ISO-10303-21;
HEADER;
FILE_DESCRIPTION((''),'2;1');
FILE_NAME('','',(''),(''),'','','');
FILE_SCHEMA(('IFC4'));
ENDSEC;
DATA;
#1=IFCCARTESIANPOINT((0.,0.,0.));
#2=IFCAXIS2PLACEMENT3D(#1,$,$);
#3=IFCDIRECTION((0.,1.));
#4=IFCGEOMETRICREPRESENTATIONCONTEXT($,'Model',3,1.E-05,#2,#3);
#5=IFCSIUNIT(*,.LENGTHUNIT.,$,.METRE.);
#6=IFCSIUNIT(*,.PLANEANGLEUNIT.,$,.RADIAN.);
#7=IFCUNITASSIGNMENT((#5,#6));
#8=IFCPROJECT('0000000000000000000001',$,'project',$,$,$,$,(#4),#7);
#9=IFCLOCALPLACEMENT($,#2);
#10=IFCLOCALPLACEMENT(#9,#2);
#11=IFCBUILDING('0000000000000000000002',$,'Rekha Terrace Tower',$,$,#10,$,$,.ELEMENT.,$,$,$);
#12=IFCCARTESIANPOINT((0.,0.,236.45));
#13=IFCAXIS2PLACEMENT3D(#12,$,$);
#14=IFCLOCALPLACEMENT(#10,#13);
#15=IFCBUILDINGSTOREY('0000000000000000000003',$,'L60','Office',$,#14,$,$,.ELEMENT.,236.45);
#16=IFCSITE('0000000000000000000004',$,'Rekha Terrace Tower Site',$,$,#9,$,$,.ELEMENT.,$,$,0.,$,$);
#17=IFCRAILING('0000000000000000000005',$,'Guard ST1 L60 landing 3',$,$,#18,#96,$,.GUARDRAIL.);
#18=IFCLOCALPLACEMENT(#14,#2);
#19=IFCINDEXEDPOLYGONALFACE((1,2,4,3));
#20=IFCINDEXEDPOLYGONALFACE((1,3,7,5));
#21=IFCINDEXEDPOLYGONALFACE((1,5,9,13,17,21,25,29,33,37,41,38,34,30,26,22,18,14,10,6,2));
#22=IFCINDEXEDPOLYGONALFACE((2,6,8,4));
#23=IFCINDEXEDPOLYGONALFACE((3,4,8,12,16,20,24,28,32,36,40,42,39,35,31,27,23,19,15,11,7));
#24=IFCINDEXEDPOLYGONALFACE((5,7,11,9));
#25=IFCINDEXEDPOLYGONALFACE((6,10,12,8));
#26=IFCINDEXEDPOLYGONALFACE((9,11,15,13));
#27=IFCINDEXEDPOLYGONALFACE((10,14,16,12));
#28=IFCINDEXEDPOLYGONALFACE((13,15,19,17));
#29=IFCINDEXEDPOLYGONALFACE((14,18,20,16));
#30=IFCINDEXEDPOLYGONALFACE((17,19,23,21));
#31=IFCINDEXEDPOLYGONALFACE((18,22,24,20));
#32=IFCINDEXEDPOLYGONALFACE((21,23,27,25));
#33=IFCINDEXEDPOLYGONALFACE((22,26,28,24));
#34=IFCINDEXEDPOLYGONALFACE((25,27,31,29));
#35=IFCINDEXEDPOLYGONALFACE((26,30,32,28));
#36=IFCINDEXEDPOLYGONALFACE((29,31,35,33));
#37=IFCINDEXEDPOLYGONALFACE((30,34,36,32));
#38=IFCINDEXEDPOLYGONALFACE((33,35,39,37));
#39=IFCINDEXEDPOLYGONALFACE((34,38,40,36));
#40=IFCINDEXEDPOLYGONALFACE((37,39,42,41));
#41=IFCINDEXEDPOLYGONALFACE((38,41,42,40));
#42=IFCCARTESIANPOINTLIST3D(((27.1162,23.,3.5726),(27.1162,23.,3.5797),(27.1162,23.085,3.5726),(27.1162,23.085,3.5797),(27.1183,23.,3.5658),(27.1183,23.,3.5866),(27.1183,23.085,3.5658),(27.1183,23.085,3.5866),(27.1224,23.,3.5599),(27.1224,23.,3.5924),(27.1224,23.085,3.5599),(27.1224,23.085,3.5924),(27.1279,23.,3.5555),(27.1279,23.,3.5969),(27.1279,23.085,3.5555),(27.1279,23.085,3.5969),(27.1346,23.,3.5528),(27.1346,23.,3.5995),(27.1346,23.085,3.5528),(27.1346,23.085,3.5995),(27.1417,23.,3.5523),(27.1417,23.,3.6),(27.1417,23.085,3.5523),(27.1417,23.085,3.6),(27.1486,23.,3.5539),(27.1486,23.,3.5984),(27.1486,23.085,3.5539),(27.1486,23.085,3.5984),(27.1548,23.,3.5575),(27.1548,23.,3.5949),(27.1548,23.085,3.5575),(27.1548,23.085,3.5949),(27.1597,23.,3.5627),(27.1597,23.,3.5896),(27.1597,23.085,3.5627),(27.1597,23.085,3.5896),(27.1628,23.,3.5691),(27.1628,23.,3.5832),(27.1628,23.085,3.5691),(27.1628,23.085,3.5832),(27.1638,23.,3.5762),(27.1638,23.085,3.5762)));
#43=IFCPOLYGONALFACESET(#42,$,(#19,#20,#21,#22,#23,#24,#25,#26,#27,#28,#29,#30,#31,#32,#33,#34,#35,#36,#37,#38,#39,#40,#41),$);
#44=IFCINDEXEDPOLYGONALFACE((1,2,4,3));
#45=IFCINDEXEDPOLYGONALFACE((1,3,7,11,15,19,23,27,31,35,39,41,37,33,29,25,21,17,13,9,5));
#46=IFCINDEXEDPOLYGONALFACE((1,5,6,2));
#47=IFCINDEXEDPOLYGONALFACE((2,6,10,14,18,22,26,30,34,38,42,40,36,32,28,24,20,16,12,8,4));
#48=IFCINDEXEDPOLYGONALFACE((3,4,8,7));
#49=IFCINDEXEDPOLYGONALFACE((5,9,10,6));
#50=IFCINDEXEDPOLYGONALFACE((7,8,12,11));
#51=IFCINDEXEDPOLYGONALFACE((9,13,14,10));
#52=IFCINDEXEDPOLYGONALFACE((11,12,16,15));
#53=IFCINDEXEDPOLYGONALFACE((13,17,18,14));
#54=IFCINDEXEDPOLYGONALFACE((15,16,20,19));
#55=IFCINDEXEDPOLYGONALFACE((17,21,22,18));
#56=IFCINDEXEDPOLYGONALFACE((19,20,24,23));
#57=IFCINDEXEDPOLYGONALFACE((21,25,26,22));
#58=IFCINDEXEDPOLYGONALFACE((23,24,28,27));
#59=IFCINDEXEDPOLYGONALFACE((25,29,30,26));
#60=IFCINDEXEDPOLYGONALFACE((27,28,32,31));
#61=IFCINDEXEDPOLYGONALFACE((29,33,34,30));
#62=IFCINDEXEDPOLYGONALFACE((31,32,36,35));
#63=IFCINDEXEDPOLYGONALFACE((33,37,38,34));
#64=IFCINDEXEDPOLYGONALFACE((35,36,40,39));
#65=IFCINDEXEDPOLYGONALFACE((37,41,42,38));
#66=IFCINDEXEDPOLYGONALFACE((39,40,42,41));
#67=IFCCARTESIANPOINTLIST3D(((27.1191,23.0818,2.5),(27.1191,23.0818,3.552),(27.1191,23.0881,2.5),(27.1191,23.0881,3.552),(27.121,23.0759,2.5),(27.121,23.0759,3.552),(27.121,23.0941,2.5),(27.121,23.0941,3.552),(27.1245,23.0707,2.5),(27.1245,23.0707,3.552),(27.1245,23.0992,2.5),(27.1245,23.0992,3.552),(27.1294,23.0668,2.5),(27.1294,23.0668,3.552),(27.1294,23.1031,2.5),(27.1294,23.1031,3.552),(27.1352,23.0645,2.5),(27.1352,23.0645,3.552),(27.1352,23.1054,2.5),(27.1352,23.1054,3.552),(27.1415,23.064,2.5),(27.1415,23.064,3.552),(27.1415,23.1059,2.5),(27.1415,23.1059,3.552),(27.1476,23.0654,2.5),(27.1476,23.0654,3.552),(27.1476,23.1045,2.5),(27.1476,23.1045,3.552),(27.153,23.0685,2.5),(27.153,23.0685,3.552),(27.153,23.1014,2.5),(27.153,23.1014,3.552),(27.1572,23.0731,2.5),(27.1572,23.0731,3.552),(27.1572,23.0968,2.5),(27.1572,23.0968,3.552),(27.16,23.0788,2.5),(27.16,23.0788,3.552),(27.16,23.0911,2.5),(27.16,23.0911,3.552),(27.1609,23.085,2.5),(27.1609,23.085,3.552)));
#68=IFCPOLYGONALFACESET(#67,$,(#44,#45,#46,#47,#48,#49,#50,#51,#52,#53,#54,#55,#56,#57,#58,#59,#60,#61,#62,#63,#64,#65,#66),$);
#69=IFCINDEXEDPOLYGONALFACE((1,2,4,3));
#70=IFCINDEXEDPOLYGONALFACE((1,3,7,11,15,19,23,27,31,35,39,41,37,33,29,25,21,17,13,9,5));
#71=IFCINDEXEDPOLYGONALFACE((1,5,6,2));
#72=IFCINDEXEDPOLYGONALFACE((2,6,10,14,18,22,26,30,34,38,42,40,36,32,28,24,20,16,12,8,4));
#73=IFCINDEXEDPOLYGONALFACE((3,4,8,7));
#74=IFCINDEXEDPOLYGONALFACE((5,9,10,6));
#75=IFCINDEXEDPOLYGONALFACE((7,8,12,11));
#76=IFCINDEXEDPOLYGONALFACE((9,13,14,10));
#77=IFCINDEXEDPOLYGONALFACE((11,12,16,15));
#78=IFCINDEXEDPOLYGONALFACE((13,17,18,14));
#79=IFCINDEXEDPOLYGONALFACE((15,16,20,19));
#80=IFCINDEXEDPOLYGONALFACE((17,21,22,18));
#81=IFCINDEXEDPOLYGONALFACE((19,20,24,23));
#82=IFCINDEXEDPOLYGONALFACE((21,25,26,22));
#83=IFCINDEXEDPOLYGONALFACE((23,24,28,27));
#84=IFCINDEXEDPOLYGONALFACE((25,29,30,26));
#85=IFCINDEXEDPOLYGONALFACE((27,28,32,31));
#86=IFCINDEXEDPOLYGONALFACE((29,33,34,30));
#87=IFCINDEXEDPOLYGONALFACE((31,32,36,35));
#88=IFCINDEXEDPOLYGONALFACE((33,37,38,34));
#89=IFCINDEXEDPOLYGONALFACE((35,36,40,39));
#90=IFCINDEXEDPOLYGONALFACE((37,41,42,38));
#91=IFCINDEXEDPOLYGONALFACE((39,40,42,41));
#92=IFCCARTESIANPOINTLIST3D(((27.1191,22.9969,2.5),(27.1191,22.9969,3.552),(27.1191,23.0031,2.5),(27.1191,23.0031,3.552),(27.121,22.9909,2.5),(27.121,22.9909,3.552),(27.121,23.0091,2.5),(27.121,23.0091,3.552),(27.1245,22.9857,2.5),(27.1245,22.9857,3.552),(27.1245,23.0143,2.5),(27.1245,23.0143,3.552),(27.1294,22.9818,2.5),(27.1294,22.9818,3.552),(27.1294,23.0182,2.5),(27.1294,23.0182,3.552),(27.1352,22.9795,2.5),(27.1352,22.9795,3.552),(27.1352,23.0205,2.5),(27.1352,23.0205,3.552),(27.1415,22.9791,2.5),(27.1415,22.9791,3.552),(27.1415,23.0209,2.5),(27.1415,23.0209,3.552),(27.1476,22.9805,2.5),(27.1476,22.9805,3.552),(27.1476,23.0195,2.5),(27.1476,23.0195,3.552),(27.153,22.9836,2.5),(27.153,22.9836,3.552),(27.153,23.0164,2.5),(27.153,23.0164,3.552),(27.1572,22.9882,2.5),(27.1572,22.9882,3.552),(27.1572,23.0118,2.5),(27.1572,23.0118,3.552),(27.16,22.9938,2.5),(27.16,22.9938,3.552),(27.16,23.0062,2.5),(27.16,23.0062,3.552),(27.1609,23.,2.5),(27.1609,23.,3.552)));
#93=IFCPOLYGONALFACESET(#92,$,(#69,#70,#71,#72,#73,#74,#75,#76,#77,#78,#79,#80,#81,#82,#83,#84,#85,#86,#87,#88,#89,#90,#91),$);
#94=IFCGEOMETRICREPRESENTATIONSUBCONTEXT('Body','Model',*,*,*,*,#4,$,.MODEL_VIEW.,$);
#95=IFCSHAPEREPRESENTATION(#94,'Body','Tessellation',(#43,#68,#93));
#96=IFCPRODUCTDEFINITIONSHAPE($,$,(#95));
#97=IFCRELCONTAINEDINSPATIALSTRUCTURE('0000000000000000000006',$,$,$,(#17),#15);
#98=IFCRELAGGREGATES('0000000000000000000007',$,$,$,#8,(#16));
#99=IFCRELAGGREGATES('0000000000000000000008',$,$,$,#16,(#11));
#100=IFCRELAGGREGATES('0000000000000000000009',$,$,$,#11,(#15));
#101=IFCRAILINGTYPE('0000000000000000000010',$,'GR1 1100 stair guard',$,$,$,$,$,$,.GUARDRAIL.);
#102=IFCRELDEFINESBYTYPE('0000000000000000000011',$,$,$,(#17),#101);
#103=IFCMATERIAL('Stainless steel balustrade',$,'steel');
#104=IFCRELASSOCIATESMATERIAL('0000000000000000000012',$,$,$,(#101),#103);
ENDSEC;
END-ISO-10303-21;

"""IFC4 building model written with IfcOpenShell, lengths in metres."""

from ifc_helpers import new_model, si_unit, direction, frame, origin, origin_2d, place, context, subcontext, project, spatial, circle, extrude, material, type_object, element, save


model = new_model("IFC4")

# Units and contexts
model_context = context("Model", 3, precision=1e-05, world=origin(), true_north=direction((0.0, 1.0)))
body_context = subcontext(model_context, "Body", "Model", "MODEL_VIEW")
ifc_project = project(units=[si_unit("LENGTHUNIT", "METRE"), si_unit("PLANEANGLEUNIT", "RADIAN")], contexts=[model_context])

# Site, building, storey
site_placement = place(None, origin())
site = spatial("IfcSite", under=ifc_project, at=site_placement, Name="Rekha Terrace Tower Site", CompositionType="ELEMENT", RefElevation=0.0)
building_placement = place(site_placement, origin())
building = spatial("IfcBuilding", under=site, at=building_placement, Name="Rekha Terrace Tower", CompositionType="ELEMENT")
storey_placement = place(building_placement, frame((0.0, 0.0, 236.45)))
storey = spatial("IfcBuildingStorey", under=building, at=storey_placement, Name="L60", Description="Office", CompositionType="ELEMENT", Elevation=236.45)

# Railing
ifc_material_1 = material(Name="Stainless steel balustrade", Category="steel")
railing_type_1 = type_object("IfcRailingType", Name="GR1 1100 stair guard", PredefinedType="GUARDRAIL", material=ifc_material_1)
railing_1_placement = place(storey_placement, frame((27.1399, 23.085, 2.5)))
element("IfcRailing", 1, at=railing_1_placement, inside=storey, type_object=railing_type_1, Name="Guard ST1 L60 landing 3", PredefinedType="GUARDRAIL", context=body_context, shape_type="SweptSolid", body=[
    extrude(circle(Radius=0.0239, at=origin_2d()), frame((0.0, 0.0, 1.0762), z_axis=(0.0, -1.0, 0.0), x_axis=(1.0, 0.0, 0.0)), (0.0, 0.0, 1.0), 0.085),
    extrude(circle(Radius=0.021, at=origin_2d()), origin(), (0.0, 0.0, 1.0), 1.052),
    extrude(circle(Radius=0.021, at=origin_2d()), frame((0.0, -0.085, 0.0)), (0.0, 0.0, 1.0), 1.052),
])

save(model, "model.ifc")
